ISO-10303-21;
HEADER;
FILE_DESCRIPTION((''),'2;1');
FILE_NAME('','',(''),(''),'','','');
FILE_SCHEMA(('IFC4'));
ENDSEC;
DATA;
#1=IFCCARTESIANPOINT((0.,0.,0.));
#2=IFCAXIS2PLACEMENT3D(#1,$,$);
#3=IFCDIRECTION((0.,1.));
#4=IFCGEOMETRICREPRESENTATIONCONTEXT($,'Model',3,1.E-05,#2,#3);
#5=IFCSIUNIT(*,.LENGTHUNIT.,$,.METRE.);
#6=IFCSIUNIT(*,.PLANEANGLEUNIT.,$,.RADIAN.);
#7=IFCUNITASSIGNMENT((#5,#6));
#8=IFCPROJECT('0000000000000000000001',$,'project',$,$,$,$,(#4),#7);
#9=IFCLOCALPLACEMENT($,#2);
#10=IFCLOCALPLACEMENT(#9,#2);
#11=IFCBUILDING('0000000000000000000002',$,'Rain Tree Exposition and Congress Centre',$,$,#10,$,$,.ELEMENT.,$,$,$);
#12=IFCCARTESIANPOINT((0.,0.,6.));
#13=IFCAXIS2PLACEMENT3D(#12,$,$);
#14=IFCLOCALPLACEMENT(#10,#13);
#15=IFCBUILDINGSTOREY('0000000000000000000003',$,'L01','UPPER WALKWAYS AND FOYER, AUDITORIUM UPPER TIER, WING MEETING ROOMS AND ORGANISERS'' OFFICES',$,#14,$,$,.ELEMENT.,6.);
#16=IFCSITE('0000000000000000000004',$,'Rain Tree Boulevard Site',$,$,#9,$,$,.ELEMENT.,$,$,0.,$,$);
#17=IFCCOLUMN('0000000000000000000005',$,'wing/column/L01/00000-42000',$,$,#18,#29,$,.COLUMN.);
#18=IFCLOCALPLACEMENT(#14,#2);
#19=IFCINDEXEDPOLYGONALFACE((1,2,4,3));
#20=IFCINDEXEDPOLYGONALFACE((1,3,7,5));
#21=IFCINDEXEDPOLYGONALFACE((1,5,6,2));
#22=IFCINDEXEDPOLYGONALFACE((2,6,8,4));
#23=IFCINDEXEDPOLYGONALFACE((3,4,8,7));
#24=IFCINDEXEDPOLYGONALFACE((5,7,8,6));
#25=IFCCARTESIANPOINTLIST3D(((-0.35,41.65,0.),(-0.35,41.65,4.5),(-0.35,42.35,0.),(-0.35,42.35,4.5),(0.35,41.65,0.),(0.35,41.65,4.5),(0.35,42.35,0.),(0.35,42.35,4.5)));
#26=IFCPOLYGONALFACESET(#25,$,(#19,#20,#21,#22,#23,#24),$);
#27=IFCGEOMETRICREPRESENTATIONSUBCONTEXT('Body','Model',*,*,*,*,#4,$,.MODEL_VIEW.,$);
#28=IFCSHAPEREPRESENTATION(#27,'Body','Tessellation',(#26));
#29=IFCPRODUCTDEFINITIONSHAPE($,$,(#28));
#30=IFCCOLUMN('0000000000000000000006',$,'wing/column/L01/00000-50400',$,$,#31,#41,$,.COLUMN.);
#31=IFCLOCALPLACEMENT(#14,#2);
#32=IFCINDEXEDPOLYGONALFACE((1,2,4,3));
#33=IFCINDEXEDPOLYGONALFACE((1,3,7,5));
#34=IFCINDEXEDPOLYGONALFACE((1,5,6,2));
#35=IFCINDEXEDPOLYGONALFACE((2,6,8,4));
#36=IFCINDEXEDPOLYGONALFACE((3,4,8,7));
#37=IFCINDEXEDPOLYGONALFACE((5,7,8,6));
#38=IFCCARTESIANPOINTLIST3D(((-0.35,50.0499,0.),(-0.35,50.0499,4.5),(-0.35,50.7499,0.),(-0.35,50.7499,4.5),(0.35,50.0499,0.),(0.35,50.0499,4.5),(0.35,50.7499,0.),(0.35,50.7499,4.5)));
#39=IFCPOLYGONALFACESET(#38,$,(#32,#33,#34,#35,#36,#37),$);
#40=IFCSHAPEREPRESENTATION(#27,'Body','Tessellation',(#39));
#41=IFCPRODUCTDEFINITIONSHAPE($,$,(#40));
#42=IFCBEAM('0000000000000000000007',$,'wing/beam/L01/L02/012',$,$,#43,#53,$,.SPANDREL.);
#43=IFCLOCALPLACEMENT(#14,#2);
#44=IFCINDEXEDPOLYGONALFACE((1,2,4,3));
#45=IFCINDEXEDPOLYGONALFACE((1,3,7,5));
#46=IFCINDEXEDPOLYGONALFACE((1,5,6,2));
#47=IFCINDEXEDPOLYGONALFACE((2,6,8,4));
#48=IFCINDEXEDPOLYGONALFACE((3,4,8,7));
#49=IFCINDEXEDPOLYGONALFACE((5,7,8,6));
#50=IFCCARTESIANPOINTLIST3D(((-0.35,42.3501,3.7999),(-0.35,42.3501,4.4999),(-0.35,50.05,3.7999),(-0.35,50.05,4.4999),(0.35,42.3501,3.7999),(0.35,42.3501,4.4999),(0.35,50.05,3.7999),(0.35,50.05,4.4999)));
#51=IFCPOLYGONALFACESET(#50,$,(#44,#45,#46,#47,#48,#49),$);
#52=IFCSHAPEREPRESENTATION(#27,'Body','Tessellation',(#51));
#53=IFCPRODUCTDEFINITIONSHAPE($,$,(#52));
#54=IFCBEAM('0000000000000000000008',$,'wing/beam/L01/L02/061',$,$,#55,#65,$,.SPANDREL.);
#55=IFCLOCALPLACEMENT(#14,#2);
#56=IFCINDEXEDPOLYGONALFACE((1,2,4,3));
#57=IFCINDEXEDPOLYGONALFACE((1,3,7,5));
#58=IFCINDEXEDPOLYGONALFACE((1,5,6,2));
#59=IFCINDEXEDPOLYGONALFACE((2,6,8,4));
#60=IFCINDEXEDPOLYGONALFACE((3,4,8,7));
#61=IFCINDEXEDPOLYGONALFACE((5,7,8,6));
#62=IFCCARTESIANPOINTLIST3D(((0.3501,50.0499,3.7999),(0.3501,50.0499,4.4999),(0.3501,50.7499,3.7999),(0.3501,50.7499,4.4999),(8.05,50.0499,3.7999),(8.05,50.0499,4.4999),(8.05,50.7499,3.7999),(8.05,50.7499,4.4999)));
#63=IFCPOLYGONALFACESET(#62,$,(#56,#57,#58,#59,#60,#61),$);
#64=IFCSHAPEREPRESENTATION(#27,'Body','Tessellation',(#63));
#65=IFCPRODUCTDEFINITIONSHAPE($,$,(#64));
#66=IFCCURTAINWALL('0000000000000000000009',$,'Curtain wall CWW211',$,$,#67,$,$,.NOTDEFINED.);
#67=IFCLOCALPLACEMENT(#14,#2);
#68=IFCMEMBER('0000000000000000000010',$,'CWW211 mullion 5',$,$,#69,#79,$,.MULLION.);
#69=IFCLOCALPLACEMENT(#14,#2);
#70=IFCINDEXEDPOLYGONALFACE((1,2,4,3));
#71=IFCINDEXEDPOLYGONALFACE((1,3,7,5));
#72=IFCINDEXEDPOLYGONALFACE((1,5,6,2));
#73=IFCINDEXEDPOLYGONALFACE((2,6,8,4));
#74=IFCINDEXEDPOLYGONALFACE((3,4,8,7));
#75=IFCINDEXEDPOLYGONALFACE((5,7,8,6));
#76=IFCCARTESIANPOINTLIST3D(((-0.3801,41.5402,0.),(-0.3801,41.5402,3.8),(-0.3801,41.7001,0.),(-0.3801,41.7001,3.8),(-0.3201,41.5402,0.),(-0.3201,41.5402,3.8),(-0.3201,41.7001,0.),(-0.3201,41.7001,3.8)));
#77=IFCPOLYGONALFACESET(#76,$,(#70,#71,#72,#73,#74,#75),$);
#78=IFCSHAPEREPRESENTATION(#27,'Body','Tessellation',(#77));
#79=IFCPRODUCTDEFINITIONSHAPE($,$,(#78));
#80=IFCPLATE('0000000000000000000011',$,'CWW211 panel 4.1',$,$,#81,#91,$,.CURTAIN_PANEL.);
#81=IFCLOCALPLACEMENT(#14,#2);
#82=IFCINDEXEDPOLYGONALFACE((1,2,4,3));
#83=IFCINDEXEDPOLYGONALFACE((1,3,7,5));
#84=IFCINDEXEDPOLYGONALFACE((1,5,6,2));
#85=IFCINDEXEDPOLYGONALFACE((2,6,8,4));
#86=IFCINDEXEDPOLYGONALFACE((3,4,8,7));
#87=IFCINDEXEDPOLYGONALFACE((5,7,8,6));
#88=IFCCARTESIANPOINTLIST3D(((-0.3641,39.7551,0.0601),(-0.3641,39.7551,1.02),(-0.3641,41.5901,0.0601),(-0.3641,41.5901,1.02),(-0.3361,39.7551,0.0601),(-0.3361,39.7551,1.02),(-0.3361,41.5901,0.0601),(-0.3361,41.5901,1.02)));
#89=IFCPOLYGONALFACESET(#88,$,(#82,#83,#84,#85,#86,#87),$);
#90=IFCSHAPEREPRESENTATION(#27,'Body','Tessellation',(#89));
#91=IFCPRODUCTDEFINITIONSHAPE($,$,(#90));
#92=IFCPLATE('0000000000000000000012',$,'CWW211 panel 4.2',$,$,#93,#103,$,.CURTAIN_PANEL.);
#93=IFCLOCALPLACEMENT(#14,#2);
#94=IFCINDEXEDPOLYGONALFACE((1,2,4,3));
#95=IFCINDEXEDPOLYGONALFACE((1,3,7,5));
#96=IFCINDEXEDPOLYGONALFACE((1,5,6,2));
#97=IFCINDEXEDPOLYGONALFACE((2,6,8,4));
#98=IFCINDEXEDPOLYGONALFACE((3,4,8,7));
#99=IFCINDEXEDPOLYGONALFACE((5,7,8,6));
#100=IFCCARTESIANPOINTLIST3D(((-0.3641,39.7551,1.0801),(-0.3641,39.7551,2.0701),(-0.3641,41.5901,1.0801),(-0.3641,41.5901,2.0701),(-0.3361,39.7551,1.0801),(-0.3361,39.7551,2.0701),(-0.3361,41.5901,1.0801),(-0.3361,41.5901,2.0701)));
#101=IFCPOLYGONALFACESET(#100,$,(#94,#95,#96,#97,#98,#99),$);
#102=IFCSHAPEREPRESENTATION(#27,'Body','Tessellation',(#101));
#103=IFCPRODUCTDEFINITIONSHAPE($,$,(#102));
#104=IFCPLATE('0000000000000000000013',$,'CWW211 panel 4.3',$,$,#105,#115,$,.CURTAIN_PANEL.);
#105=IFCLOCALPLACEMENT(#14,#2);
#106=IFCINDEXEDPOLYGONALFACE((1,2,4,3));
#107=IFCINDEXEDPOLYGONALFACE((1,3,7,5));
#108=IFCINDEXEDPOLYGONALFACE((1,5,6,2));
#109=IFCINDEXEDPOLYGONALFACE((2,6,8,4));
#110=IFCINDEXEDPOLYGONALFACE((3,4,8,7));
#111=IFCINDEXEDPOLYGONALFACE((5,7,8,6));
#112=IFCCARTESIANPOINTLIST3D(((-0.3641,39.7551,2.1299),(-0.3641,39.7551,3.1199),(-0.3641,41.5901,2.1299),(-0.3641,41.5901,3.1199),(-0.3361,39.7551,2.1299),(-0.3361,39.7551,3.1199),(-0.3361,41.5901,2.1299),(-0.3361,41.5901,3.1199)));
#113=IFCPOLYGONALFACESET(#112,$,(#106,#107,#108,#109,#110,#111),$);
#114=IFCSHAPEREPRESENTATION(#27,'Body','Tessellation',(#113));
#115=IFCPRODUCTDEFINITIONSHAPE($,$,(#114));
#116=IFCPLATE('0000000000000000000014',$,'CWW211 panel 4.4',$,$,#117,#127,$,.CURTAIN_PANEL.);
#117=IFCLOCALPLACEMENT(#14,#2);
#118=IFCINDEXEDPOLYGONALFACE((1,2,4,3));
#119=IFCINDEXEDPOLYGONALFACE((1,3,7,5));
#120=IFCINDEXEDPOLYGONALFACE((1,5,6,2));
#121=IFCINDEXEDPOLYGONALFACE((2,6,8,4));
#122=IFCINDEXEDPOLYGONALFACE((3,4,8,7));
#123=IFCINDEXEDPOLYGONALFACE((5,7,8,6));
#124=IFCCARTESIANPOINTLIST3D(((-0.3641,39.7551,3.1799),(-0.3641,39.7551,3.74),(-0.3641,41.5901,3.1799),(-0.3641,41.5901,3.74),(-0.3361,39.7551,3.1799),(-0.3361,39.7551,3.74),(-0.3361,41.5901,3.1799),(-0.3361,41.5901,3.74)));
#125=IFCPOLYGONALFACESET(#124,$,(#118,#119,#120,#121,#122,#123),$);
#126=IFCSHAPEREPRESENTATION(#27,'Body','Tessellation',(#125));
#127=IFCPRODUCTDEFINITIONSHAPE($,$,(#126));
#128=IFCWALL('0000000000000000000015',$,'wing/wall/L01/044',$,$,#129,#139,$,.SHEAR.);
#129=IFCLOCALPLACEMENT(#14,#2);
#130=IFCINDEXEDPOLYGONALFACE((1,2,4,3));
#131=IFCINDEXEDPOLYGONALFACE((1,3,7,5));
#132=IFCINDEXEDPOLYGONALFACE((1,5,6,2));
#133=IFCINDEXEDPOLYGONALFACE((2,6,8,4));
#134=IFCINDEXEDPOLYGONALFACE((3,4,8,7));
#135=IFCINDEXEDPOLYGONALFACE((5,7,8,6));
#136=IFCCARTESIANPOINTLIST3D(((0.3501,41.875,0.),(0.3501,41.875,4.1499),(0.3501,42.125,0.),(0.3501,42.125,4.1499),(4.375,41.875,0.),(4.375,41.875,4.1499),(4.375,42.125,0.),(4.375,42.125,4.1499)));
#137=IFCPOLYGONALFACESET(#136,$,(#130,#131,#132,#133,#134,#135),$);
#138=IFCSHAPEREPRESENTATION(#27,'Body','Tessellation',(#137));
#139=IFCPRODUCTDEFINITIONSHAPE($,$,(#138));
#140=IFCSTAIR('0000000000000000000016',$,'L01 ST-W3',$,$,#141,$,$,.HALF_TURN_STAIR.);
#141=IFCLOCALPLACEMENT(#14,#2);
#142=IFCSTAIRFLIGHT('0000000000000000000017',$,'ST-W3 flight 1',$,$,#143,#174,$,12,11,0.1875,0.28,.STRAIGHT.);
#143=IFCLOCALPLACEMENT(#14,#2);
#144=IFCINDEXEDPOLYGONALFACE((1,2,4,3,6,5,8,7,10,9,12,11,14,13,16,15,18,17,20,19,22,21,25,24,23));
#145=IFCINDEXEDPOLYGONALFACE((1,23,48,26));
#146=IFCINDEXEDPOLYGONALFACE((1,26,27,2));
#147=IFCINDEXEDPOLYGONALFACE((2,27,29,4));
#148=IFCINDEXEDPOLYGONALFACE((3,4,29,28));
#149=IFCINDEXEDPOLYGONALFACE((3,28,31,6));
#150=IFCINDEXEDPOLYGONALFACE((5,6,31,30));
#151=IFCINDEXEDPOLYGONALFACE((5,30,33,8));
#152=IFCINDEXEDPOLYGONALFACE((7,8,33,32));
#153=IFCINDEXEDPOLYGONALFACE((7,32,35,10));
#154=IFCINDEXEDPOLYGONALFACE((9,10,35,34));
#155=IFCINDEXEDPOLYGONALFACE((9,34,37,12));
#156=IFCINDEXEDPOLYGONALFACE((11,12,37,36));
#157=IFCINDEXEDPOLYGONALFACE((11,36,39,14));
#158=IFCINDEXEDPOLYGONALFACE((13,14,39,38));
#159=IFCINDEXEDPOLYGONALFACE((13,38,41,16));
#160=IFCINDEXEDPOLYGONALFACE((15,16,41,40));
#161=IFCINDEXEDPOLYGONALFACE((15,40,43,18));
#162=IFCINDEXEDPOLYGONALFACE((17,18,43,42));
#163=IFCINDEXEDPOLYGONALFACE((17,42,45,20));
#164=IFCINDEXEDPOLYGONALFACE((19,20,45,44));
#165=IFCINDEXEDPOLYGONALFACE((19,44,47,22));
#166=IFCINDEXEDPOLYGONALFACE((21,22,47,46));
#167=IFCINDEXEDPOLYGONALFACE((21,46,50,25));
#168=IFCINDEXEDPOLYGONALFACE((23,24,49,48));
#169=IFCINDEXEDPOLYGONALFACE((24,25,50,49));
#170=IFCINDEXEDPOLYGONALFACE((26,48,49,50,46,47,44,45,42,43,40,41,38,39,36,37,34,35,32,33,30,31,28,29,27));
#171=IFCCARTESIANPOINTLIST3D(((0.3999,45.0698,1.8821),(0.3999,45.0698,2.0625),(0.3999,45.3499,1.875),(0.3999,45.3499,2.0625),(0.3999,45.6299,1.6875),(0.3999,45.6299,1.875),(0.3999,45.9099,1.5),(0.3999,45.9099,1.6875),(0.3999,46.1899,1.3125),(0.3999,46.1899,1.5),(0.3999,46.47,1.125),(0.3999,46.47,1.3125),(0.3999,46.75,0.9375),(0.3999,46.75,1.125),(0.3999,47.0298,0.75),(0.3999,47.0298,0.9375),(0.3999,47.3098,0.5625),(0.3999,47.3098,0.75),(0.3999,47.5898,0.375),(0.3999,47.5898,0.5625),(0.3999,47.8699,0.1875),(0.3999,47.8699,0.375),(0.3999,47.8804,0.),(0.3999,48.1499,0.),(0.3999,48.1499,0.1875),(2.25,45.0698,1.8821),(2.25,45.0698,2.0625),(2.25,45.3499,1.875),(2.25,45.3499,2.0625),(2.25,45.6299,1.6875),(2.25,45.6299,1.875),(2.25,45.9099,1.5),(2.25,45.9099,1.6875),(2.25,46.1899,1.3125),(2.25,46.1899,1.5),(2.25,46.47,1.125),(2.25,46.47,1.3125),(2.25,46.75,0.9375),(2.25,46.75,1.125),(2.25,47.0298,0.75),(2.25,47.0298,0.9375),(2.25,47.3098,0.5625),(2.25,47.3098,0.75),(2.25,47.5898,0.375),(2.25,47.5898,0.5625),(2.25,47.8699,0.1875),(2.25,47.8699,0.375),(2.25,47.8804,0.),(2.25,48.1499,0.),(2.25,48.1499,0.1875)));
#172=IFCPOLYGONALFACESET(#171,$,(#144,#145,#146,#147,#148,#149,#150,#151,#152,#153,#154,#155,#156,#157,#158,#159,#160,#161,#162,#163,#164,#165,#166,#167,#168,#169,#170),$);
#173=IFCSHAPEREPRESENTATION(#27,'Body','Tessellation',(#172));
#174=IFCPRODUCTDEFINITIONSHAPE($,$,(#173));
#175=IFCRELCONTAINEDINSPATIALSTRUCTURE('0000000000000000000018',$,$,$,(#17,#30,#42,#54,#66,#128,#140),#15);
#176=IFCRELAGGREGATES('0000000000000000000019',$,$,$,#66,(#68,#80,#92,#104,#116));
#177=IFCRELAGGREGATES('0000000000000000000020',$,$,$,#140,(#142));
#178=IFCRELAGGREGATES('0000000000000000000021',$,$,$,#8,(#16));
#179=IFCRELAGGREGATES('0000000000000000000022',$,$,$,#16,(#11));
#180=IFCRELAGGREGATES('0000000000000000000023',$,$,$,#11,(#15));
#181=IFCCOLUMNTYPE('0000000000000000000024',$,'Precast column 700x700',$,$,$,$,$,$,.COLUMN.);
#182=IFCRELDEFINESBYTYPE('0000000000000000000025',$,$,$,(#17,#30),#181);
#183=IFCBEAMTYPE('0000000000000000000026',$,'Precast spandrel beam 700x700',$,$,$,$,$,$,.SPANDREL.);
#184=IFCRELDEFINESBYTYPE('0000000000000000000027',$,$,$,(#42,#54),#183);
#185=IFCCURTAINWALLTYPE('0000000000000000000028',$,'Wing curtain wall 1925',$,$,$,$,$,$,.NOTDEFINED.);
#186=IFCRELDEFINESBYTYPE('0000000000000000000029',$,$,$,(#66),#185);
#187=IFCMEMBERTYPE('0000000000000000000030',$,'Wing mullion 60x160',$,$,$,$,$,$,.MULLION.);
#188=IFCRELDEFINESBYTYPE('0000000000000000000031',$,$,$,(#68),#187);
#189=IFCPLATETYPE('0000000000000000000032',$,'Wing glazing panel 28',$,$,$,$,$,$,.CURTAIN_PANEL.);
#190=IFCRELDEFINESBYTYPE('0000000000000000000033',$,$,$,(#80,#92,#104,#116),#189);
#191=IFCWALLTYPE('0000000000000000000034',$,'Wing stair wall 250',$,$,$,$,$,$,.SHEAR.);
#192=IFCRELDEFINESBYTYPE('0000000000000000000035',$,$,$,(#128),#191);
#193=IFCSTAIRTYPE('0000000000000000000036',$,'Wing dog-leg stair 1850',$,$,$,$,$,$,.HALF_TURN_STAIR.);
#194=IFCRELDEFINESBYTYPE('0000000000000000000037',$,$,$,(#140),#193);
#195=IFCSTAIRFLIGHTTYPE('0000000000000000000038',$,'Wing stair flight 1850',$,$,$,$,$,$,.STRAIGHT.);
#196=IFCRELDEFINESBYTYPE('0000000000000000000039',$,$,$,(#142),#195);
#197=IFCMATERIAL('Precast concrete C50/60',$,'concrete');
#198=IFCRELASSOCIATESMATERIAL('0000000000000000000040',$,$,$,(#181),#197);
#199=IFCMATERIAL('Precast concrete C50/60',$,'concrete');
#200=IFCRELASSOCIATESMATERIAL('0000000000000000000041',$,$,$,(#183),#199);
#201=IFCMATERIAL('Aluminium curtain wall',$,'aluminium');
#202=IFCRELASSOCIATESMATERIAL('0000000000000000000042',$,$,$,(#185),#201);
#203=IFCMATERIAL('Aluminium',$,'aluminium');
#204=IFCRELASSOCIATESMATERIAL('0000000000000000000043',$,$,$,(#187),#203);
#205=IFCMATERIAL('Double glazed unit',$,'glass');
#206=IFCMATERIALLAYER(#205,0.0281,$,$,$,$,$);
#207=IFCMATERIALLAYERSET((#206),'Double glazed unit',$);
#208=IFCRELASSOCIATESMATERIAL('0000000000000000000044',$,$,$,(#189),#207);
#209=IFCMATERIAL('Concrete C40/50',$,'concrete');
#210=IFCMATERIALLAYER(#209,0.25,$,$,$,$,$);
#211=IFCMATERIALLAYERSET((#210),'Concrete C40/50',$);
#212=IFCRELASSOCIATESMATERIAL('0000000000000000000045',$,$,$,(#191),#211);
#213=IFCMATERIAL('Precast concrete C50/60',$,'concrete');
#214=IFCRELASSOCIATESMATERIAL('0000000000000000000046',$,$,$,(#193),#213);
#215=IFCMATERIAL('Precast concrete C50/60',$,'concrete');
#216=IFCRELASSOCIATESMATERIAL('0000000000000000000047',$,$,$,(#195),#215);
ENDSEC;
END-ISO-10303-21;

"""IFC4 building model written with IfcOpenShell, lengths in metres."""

from ifc_helpers import new_model, si_unit, direction, frame, frame_2d, origin, origin_2d, place, context, subcontext, project, spatial, polyline, rectangle, outline, extrude, material, layer, layer_set, material_profile, profile_set, type_object, element, aggregate, save


model = new_model("IFC4")

# Units and contexts
model_context = context("Model", 3, precision=1e-05, world=origin(), true_north=direction((0.0, 1.0)))
body_context = subcontext(model_context, "Body", "Model", "MODEL_VIEW")
ifc_project = project(units=[si_unit("LENGTHUNIT", "METRE"), si_unit("PLANEANGLEUNIT", "RADIAN")], contexts=[model_context])

# Site, building, storey
site_placement = place(None, origin())
site = spatial("IfcSite", under=ifc_project, at=site_placement, Name="Rain Tree Boulevard Site", CompositionType="ELEMENT", RefElevation=0.0)
building_placement = place(site_placement, origin())
building = spatial("IfcBuilding", under=site, at=building_placement, Name="Rain Tree Exposition and Congress Centre", CompositionType="ELEMENT")
storey_placement = place(building_placement, frame((0.0, 0.0, 6.0)))
storey = spatial("IfcBuildingStorey", under=building, at=storey_placement, Name="L01", Description="UPPER WALKWAYS AND FOYER, AUDITORIUM UPPER TIER, WING MEETING ROOMS AND ORGANISERS' OFFICES", CompositionType="ELEMENT", Elevation=6.0)

# Columns
ifc_material_1 = material(Name="Precast concrete C50/60", Category="concrete")
ifc_material_profile_1 = material_profile(ifc_material_1, rectangle(XDim=0.7, YDim=0.7, at=origin_2d()), Name="RC 700x700")
ifc_profile_set_1 = profile_set([ifc_material_profile_1], Name="Precast concrete C50/60")
column_type = type_object("IfcColumnType", Name="Precast column 700x700", PredefinedType="COLUMN", material=ifc_profile_set_1)
for number, where, z_axis, x_axis, name in (
    (1, (0.0, 42.0, 0.0), (0.0, 0.0, 1.0), (1.0, 0.0, 0.0), "wing/column/L01/00000-42000"),
    (2, (0.0, 50.3999, 0.0), (0.0, 0.0, 1.0), (1.0, 0.0, 0.0), "wing/column/L01/00000-50400"),
):
    element("IfcColumn", number, at=place(storey_placement, frame(where, z_axis=z_axis, x_axis=x_axis)), inside=storey, type_object=column_type, Name=name, PredefinedType="COLUMN", context=body_context, shape_type="SweptSolid", body=[
        extrude(rectangle(XDim=0.7, YDim=0.7, at=origin_2d()), origin(), (0.0, 0.0, 1.0), 4.5),
    ])

# Beams
ifc_material_2 = material(Name="Precast concrete C50/60", Category="concrete")
ifc_material_profile_2 = material_profile(ifc_material_2, rectangle(XDim=0.7, YDim=0.7, at=origin_2d()), Name="RC 700x700")
ifc_profile_set_2 = profile_set([ifc_material_profile_2], Name="Precast concrete C50/60")
beam_type = type_object("IfcBeamType", Name="Precast spandrel beam 700x700", PredefinedType="SPANDREL", material=ifc_profile_set_2)
for number, where, z_axis, x_axis, name in (
    (3, (0.0, 42.3501, 4.1499), (0.0, 1.0, 0.0), (-1.0, 0.0, 0.0), "wing/beam/L01/L02/012"),
    (4, (0.3501, 50.3999, 4.1499), (1.0, 0.0, 0.0), (0.0, 1.0, 0.0), "wing/beam/L01/L02/061"),
):
    element("IfcBeam", number, at=place(storey_placement, frame(where, z_axis=z_axis, x_axis=x_axis)), inside=storey, type_object=beam_type, Name=name, PredefinedType="SPANDREL", context=body_context, shape_type="SweptSolid", body=[
        extrude(rectangle(XDim=0.7, YDim=0.7, at=origin_2d()), origin(), (0.0, 0.0, 1.0), 7.7),
    ])

# Curtain wall, member, plates
ifc_material_3 = material(Name="Aluminium curtain wall", Category="aluminium")
curtain_wall_type = type_object("IfcCurtainWallType", Name="Wing curtain wall 1925", PredefinedType="NOTDEFINED", material=ifc_material_3)
curtain_wall_placement = place(storey_placement, origin())
curtain_wall = element("IfcCurtainWall", 5, at=curtain_wall_placement, inside=storey, type_object=curtain_wall_type, Name="Curtain wall CWW211", PredefinedType="NOTDEFINED")
ifc_material_4 = material(Name="Aluminium", Category="aluminium")
ifc_material_profile_3 = material_profile(ifc_material_4, rectangle(XDim=0.0601, YDim=0.1599, at=origin_2d()), Name="Aluminium 60x160")
ifc_profile_set_3 = profile_set([ifc_material_profile_3], Name="Aluminium")
member_type = type_object("IfcMemberType", Name="Wing mullion 60x160", PredefinedType="MULLION", material=ifc_profile_set_3)
member_placement = place(storey_placement, frame((-0.3501, 41.6201, 0.0), z_axis=(0.0, 0.0, 1.0), x_axis=(-1.0, 0.0, 0.0)))
member = element("IfcMember", 6, at=member_placement, type_object=member_type, Name="CWW211 mullion 5", PredefinedType="MULLION", context=body_context, shape_type="SweptSolid", body=[
    extrude(rectangle(XDim=0.0601, YDim=0.1599, at=origin_2d()), origin(), (0.0, 0.0, 1.0), 3.8),
])
ifc_material_5 = material(Name="Double glazed unit", Category="glass")
ifc_layer_1 = layer(ifc_material_5, 0.0281)
ifc_layer_set_1 = layer_set([ifc_layer_1], Name="Double glazed unit")
plate_type = type_object("IfcPlateType", Name="Wing glazing panel 28", PredefinedType="CURTAIN_PANEL", material=ifc_layer_set_1)
plate_1_placement = place(storey_placement, frame((-0.3501, 40.6726, 0.0601), z_axis=(0.0, 0.0, 1.0), x_axis=(0.0, 1.0, 0.0)))
plate_1 = element("IfcPlate", 7, at=plate_1_placement, type_object=plate_type, Name="CWW211 panel 4.1", PredefinedType="CURTAIN_PANEL", context=body_context, shape_type="SweptSolid", body=[
    extrude(rectangle(XDim=1.835, YDim=0.0281, at=origin_2d()), origin(), (0.0, 0.0, 1.0), 0.96),
])
plate_2_placement = place(storey_placement, frame((-0.3501, 40.6726, 1.0801), z_axis=(0.0, 0.0, 1.0), x_axis=(0.0, 1.0, 0.0)))
plate_2 = element("IfcPlate", 8, at=plate_2_placement, type_object=plate_type, Name="CWW211 panel 4.2", PredefinedType="CURTAIN_PANEL", context=body_context, shape_type="SweptSolid", body=[
    extrude(rectangle(XDim=1.835, YDim=0.0281, at=origin_2d()), origin(), (0.0, 0.0, 1.0), 0.99),
])
plate_3_placement = place(storey_placement, frame((-0.3501, 40.6726, 2.1299), z_axis=(0.0, 0.0, 1.0), x_axis=(0.0, 1.0, 0.0)))
plate_3 = element("IfcPlate", 9, at=plate_3_placement, type_object=plate_type, Name="CWW211 panel 4.3", PredefinedType="CURTAIN_PANEL", context=body_context, shape_type="SweptSolid", body=[
    extrude(rectangle(XDim=1.835, YDim=0.0281, at=origin_2d()), origin(), (0.0, 0.0, 1.0), 0.99),
])
plate_4_placement = place(storey_placement, frame((-0.3501, 40.6726, 3.1799), z_axis=(0.0, 0.0, 1.0), x_axis=(0.0, 1.0, 0.0)))
plate_4 = element("IfcPlate", 10, at=plate_4_placement, type_object=plate_type, Name="CWW211 panel 4.4", PredefinedType="CURTAIN_PANEL", context=body_context, shape_type="SweptSolid", body=[
    extrude(rectangle(XDim=1.835, YDim=0.0281, at=origin_2d()), origin(), (0.0, 0.0, 1.0), 0.5601),
])
aggregate(curtain_wall, [member, plate_1, plate_2, plate_3, plate_4])

# Wall
ifc_material_6 = material(Name="Concrete C40/50", Category="concrete")
ifc_layer_2 = layer(ifc_material_6, 0.25)
ifc_layer_set_2 = layer_set([ifc_layer_2], Name="Concrete C40/50")
wall_type_1 = type_object("IfcWallType", Name="Wing stair wall 250", PredefinedType="SHEAR", material=ifc_layer_set_2)
wall_1_placement = place(storey_placement, frame((0.3501, 42.0, 0.0), z_axis=(0.0, 0.0, 1.0), x_axis=(1.0, 0.0, 0.0)))
element("IfcWall", 11, at=wall_1_placement, inside=storey, type_object=wall_type_1, Name="wing/wall/L01/044", PredefinedType="SHEAR", context=body_context, shape_type="SweptSolid", body=[
    extrude(rectangle(XDim=4.0249, YDim=0.25, at=frame_2d((2.0125, 0.0))), origin(), (0.0, 0.0, 1.0), 4.1499),
])

# Stair, stair flight
ifc_material_7 = material(Name="Precast concrete C50/60", Category="concrete")
stair_type = type_object("IfcStairType", Name="Wing dog-leg stair 1850", PredefinedType="HALF_TURN_STAIR", material=ifc_material_7)
stair_placement = place(storey_placement, origin())
stair = element("IfcStair", 12, at=stair_placement, inside=storey, type_object=stair_type, Name="L01 ST-W3", PredefinedType="HALF_TURN_STAIR")
ifc_material_8 = material(Name="Precast concrete C50/60", Category="concrete")
stair_flight_type = type_object("IfcStairFlightType", Name="Wing stair flight 1850", PredefinedType="STRAIGHT", material=ifc_material_8)
stair_flight_placement = place(storey_placement, frame((1.325, 48.1499, 0.0), z_axis=(0.0, 0.0, 1.0), x_axis=(0.0, -1.0, 0.0)))
stair_flight = element("IfcStairFlight", 13, at=stair_flight_placement, type_object=stair_flight_type, Name="ST-W3 flight 1", NumberOfRisers=12, NumberOfTreads=11, PredefinedType="STRAIGHT", RiserHeight=0.1875, TreadLength=0.28, context=body_context, shape_type="SweptSolid", body=[
    extrude(outline(polyline([(0.0, 0.0), (0.0, 0.1875), (0.28, 0.1875), (0.28, 0.375), (0.5601, 0.375), (0.5601, 0.5625), (0.8401, 0.5625), (0.8401, 0.75), (1.1201, 0.75), (1.1201, 0.9375), (1.3999, 0.9375), (1.3999, 1.125), (1.6799, 1.125), (1.6799, 1.3125), (1.96, 1.3125), (1.96, 1.5), (2.24, 1.5), (2.24, 1.6875), (2.52, 1.6875), (2.52, 1.875), (2.8, 1.875), (2.8, 2.0625), (3.0801, 2.0625), (3.0801, 2.25), (3.0801, 1.8821), (0.2695, 0.0), (0.0, 0.0)])), frame((0.0, 0.925, 0.0), z_axis=(0.0, -1.0, 0.0), x_axis=(1.0, 0.0, 0.0)), (0.0, 0.0, 1.0), 1.8501),
])
aggregate(stair, [stair_flight])

save(model, "model.ifc")
